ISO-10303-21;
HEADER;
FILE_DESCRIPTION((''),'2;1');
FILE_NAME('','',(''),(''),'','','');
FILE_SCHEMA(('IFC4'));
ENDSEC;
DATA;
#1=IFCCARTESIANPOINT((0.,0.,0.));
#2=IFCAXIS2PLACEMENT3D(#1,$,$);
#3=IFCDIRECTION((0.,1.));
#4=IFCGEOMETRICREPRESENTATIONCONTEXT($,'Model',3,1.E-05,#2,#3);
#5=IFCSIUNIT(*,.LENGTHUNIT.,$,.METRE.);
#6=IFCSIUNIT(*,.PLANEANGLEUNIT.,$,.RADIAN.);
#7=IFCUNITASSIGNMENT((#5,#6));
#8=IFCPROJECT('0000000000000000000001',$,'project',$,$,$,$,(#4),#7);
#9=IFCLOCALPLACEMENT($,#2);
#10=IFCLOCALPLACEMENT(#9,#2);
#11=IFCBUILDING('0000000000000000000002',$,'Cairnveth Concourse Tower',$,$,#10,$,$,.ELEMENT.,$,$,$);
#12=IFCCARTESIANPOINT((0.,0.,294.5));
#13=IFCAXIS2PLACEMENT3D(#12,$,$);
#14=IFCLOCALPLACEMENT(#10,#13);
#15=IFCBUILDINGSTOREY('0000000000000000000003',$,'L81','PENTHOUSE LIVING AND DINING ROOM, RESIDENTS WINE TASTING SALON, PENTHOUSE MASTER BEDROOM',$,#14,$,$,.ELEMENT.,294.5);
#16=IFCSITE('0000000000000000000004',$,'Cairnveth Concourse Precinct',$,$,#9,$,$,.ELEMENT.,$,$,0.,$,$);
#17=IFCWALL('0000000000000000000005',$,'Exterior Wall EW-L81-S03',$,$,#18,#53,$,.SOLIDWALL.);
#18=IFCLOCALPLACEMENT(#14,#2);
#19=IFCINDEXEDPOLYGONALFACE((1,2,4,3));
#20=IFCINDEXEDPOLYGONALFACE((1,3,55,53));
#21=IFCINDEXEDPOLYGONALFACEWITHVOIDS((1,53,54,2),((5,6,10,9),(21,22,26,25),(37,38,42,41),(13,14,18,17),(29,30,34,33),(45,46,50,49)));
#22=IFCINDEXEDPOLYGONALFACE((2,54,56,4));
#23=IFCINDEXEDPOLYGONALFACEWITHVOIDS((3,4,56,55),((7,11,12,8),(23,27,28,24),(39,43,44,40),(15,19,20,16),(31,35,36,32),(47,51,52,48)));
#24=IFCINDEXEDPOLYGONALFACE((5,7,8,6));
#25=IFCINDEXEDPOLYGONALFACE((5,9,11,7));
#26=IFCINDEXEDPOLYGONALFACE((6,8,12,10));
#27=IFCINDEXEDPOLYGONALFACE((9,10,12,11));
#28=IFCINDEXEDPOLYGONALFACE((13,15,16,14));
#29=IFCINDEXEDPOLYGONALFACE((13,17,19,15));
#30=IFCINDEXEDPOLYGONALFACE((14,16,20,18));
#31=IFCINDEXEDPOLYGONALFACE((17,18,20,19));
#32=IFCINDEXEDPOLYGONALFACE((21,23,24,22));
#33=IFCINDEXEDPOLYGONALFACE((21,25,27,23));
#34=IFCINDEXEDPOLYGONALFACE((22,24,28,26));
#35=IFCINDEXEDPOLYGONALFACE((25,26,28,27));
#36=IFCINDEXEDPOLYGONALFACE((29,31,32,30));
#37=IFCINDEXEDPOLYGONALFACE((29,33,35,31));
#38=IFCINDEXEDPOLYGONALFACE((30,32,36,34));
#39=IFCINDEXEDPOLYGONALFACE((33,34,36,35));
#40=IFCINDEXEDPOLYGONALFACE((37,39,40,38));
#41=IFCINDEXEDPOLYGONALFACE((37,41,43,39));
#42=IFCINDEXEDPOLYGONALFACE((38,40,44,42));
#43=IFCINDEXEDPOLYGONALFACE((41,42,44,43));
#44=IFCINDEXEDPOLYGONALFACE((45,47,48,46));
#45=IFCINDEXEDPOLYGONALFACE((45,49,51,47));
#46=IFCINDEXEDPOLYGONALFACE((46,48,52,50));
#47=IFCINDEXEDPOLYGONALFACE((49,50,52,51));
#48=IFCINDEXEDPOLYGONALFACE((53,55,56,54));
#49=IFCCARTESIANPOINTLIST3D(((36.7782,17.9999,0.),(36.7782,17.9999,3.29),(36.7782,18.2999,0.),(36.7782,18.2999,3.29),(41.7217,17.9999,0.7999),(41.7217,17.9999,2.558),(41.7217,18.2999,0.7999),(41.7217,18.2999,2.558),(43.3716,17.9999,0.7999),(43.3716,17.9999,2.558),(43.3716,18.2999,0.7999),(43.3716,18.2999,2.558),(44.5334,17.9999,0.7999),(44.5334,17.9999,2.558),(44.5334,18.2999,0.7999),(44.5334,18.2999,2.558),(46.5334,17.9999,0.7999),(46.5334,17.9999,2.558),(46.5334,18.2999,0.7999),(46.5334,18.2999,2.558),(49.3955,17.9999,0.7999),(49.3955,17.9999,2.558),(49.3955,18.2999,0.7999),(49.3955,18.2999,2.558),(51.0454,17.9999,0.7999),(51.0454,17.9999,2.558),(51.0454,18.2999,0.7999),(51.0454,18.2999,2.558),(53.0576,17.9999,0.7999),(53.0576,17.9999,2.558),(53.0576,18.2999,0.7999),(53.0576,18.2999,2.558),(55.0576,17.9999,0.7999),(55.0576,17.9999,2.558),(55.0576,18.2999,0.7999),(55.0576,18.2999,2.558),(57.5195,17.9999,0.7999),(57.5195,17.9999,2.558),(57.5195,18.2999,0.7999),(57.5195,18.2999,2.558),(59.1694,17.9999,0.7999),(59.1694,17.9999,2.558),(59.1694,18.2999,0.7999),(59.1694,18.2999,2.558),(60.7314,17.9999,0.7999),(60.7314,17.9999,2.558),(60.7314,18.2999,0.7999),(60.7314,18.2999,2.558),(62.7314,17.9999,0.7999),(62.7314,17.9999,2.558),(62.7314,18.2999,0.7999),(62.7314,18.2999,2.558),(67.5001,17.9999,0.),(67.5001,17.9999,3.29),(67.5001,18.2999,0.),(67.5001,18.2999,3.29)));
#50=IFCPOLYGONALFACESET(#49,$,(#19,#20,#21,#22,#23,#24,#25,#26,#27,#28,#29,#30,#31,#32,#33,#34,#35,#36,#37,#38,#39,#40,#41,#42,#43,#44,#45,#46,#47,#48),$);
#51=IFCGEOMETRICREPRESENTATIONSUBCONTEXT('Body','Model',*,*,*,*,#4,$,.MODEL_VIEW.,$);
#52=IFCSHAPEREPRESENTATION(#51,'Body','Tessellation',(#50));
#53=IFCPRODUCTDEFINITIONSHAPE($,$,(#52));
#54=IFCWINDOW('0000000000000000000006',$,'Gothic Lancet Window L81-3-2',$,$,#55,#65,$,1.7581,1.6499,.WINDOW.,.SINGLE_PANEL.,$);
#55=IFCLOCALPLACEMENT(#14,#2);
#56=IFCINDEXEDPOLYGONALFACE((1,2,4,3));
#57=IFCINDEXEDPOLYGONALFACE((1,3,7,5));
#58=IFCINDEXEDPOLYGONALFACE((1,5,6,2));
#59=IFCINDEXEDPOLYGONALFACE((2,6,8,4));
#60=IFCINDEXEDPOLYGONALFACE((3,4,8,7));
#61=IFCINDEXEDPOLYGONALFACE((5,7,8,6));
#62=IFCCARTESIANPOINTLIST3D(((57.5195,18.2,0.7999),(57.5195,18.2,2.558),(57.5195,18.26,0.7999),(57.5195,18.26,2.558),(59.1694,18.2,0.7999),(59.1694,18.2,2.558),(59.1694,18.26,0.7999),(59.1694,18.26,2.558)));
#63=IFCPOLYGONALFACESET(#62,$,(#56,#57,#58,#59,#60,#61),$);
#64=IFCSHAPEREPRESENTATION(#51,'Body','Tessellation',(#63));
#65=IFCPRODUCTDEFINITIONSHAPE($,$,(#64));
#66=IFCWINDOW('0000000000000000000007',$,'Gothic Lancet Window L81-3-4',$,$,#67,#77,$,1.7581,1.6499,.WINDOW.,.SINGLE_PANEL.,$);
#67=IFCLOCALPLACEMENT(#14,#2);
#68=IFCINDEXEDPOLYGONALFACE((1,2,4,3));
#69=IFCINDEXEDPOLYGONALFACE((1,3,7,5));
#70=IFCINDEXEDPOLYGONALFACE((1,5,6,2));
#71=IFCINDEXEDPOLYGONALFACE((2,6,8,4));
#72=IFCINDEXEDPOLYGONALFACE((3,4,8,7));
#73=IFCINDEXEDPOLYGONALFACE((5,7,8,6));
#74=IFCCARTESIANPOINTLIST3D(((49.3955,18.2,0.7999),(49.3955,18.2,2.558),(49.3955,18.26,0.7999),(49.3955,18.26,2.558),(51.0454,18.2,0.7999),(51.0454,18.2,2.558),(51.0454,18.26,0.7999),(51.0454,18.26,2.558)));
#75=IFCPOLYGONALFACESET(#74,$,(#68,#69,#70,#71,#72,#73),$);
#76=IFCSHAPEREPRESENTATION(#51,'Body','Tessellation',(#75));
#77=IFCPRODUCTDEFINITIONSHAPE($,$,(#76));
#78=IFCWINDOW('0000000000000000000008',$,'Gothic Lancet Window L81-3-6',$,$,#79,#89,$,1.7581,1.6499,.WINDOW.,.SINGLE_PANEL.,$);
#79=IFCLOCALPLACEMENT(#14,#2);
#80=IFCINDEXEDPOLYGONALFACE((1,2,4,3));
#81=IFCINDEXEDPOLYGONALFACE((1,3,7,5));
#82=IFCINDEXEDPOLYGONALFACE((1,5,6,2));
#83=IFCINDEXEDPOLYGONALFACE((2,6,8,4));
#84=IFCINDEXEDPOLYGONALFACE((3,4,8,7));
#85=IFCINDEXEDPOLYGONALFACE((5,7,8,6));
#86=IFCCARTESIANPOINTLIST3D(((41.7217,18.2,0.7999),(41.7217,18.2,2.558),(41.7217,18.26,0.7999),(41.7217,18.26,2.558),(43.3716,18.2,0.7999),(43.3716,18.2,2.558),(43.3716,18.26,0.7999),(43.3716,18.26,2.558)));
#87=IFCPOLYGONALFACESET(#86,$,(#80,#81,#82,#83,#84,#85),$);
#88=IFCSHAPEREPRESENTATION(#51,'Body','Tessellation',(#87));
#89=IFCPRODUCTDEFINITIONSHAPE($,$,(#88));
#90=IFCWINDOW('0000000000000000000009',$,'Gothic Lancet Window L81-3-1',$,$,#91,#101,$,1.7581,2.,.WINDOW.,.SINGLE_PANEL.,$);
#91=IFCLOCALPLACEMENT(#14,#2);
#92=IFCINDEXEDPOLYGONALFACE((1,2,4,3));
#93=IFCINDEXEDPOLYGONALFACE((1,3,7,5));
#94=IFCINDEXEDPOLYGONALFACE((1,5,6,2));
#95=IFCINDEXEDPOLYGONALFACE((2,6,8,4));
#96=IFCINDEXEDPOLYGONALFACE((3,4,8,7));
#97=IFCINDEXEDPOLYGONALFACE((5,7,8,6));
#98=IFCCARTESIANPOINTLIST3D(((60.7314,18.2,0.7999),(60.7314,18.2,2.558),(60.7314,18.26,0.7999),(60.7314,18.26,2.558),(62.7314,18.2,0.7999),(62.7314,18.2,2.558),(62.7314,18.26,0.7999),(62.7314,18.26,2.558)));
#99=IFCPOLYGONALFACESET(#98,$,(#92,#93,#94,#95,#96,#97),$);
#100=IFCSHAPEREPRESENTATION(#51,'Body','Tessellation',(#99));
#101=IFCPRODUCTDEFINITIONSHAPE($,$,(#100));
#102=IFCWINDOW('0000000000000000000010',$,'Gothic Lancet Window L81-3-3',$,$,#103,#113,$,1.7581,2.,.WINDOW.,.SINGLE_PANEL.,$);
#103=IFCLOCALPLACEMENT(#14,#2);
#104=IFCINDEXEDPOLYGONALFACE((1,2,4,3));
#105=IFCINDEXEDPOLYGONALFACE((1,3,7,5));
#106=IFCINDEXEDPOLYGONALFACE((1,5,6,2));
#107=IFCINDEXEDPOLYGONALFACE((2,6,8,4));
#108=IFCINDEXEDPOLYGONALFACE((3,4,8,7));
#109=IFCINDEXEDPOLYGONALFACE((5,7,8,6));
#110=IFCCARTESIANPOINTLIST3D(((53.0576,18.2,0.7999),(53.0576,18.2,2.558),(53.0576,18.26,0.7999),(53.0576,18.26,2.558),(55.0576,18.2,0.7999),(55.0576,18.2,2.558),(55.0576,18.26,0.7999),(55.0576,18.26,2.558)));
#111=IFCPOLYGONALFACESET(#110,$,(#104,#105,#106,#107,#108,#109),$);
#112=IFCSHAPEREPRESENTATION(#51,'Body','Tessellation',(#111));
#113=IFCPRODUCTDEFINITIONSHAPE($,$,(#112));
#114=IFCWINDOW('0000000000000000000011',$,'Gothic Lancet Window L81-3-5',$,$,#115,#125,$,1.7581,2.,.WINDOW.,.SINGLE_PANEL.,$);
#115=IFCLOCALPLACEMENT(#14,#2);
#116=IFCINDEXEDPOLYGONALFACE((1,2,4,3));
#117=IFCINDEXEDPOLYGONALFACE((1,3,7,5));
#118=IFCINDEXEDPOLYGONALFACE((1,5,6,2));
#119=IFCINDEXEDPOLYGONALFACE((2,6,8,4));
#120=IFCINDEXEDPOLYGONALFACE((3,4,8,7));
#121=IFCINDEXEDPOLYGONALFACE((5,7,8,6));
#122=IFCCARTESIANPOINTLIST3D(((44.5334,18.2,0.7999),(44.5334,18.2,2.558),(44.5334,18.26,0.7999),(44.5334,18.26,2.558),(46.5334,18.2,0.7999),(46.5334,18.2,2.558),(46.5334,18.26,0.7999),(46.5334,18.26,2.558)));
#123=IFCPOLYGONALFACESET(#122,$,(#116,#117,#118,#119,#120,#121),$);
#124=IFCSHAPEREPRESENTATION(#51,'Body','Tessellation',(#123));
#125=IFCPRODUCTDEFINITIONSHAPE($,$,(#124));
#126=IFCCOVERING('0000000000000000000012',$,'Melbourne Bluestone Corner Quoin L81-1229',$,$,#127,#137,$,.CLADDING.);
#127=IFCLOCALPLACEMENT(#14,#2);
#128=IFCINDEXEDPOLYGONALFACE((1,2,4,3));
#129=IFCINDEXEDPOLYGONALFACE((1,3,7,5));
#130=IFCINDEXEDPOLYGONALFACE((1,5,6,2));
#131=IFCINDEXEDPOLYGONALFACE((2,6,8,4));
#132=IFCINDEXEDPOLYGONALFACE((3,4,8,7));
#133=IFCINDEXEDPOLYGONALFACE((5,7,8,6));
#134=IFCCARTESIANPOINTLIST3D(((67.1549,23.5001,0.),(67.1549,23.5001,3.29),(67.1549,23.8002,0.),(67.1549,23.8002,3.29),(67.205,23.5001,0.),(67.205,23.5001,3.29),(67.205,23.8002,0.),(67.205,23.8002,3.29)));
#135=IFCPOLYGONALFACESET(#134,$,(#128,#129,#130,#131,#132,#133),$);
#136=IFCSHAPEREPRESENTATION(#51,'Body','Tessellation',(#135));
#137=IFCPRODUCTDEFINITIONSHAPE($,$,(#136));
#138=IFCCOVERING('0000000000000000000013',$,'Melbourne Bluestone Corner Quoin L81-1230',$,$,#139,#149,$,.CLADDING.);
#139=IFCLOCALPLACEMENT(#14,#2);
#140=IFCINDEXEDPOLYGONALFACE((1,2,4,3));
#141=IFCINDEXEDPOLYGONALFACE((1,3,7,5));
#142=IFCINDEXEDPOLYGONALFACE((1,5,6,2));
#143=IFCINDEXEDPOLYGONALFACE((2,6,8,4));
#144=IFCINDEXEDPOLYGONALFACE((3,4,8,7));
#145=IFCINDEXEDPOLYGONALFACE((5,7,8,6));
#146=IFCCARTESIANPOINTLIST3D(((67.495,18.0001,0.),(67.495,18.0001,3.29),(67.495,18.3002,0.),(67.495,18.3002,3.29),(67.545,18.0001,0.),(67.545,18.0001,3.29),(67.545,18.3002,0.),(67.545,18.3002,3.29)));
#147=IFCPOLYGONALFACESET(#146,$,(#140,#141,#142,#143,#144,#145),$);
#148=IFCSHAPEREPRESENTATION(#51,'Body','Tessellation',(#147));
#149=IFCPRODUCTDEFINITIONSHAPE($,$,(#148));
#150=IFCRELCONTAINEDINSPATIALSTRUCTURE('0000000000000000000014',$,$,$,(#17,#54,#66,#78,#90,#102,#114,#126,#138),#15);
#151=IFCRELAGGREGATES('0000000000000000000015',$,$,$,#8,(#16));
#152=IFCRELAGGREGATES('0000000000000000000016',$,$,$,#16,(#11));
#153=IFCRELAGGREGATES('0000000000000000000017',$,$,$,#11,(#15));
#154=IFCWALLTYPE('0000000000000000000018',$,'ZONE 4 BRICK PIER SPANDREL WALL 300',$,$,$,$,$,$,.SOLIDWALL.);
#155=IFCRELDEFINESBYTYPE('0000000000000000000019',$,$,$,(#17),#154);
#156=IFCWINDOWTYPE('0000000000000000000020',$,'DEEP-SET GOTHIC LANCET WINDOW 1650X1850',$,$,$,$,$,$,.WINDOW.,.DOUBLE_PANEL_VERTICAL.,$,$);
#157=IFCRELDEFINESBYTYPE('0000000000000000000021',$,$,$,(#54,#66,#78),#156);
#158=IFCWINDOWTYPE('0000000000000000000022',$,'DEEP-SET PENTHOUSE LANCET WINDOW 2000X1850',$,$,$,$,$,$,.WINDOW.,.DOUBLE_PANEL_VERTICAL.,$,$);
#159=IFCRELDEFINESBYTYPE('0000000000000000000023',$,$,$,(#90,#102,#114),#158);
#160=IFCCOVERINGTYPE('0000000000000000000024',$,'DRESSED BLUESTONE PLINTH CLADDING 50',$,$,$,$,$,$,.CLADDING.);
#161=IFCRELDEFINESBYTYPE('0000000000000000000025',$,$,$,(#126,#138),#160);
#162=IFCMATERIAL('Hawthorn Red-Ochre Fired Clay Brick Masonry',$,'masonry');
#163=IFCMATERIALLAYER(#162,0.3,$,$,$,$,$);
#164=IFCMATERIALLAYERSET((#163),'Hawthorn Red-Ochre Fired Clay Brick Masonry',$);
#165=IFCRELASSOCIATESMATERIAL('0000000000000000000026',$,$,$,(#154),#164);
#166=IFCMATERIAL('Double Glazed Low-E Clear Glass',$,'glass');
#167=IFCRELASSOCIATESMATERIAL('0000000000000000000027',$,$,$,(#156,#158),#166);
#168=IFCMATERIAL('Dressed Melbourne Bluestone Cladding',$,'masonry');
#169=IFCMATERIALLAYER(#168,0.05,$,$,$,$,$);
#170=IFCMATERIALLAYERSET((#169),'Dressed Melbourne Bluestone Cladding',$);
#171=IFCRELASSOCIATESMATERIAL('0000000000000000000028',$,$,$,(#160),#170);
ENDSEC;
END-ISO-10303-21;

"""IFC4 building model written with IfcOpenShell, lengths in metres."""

from ifc_helpers import new_model, si_unit, direction, frame, frame_2d, origin, place, context, subcontext, project, spatial, rectangle, extrude, material, layer, layer_set, type_object, element, fill, save


model = new_model("IFC4")

# Units and contexts
model_context = context("Model", 3, precision=1e-05, world=origin(), true_north=direction((0.0, 1.0)))
body_context = subcontext(model_context, "Body", "Model", "MODEL_VIEW")
ifc_project = project(units=[si_unit("LENGTHUNIT", "METRE"), si_unit("PLANEANGLEUNIT", "RADIAN")], contexts=[model_context])

# Site, building, storey
site_placement = place(None, origin())
site = spatial("IfcSite", under=ifc_project, at=site_placement, Name="Cairnveth Concourse Precinct", CompositionType="ELEMENT", RefElevation=0.0)
building_placement = place(site_placement, origin())
building = spatial("IfcBuilding", under=site, at=building_placement, Name="Cairnveth Concourse Tower", CompositionType="ELEMENT")
storey_placement = place(building_placement, frame((0.0, 0.0, 294.5)))
storey = spatial("IfcBuildingStorey", under=building, at=storey_placement, Name="L81", Description="PENTHOUSE LIVING AND DINING ROOM, RESIDENTS WINE TASTING SALON, PENTHOUSE MASTER BEDROOM", CompositionType="ELEMENT", Elevation=294.5)

# Shared definitions
ifc_material_1 = material(Name="Hawthorn Red-Ochre Fired Clay Brick Masonry", Category="masonry")
ifc_layer_1 = layer(ifc_material_1, 0.3)
ifc_layer_set_1 = layer_set([ifc_layer_1], Name="Hawthorn Red-Ochre Fired Clay Brick Masonry")
wall_type = type_object("IfcWallType", Name="ZONE 4 BRICK PIER SPANDREL WALL 300", PredefinedType="SOLIDWALL", material=ifc_layer_set_1)
ifc_material_2 = material(Name="Double Glazed Low-E Clear Glass", Category="glass")

# Wall, openings, windows
wall_1_placement = place(storey_placement, frame((67.5, 18.1499, 0.0), z_axis=(0.0, 0.0, 1.0), x_axis=(-1.0, 0.0, 0.0)))
wall_1 = element("IfcWall", 1, at=wall_1_placement, inside=storey, type_object=wall_type, Name="Exterior Wall EW-L81-S03", PredefinedType="SOLIDWALL", context=body_context, shape_type="SweptSolid", body=[
    extrude(rectangle(XDim=30.7219, YDim=0.3, at=frame_2d((15.3608, 0.0))), origin(), (0.0, 0.0, 1.0), 3.29),
])
opening_1_placement = place(wall_1_placement, frame((4.7686, 0.0, 0.8)))
opening_1 = element("IfcOpeningElement", 2, at=opening_1_placement, cuts=wall_1, PredefinedType="OPENING", context=body_context, shape_type="SweptSolid", body=[
    extrude(rectangle(XDim=2.0, YDim=1.7581, at=frame_2d((1.0, 0.8789))), frame((0.0, 0.1599, 0.0), z_axis=(0.0, -1.0, 0.0), x_axis=(1.0, 0.0, 0.0)), (0.0, 0.0, 1.0), 0.3201),
])
opening_2_placement = place(wall_1_placement, frame((8.3306, 0.0, 0.8)))
opening_2 = element("IfcOpeningElement", 3, at=opening_2_placement, cuts=wall_1, PredefinedType="OPENING", context=body_context, shape_type="SweptSolid", body=[
    extrude(rectangle(XDim=1.6499, YDim=1.7581, at=frame_2d((0.825, 0.8789))), frame((0.0, 0.1599, 0.0), z_axis=(0.0, -1.0, 0.0), x_axis=(1.0, 0.0, 0.0)), (0.0, 0.0, 1.0), 0.3201),
])
opening_3_placement = place(wall_1_placement, frame((12.4424, 0.0, 0.8)))
opening_3 = element("IfcOpeningElement", 4, at=opening_3_placement, cuts=wall_1, PredefinedType="OPENING", context=body_context, shape_type="SweptSolid", body=[
    extrude(rectangle(XDim=2.0, YDim=1.7581, at=frame_2d((1.0, 0.8789))), frame((0.0, 0.1599, 0.0), z_axis=(0.0, -1.0, 0.0), x_axis=(1.0, 0.0, 0.0)), (0.0, 0.0, 1.0), 0.3201),
])
opening_4_placement = place(wall_1_placement, frame((16.4546, 0.0, 0.8)))
opening_4 = element("IfcOpeningElement", 5, at=opening_4_placement, cuts=wall_1, PredefinedType="OPENING", context=body_context, shape_type="SweptSolid", body=[
    extrude(rectangle(XDim=1.6499, YDim=1.7581, at=frame_2d((0.825, 0.8789))), frame((0.0, 0.1599, 0.0), z_axis=(0.0, -1.0, 0.0), x_axis=(1.0, 0.0, 0.0)), (0.0, 0.0, 1.0), 0.3201),
])
opening_5_placement = place(wall_1_placement, frame((20.9666, 0.0, 0.8)))
opening_5 = element("IfcOpeningElement", 6, at=opening_5_placement, cuts=wall_1, PredefinedType="OPENING", context=body_context, shape_type="SweptSolid", body=[
    extrude(rectangle(XDim=2.0, YDim=1.7581, at=frame_2d((1.0, 0.8789))), frame((0.0, 0.1599, 0.0), z_axis=(0.0, -1.0, 0.0), x_axis=(1.0, 0.0, 0.0)), (0.0, 0.0, 1.0), 0.3201),
])
opening_6_placement = place(wall_1_placement, frame((24.1284, 0.0, 0.8)))
opening_6 = element("IfcOpeningElement", 7, at=opening_6_placement, cuts=wall_1, PredefinedType="OPENING", context=body_context, shape_type="SweptSolid", body=[
    extrude(rectangle(XDim=1.6499, YDim=1.7581, at=frame_2d((0.825, 0.8789))), frame((0.0, 0.1599, 0.0), z_axis=(0.0, -1.0, 0.0), x_axis=(1.0, 0.0, 0.0)), (0.0, 0.0, 1.0), 0.3201),
])
window_type_1 = type_object("IfcWindowType", Name="DEEP-SET GOTHIC LANCET WINDOW 1650X1850", PartitioningType="DOUBLE_PANEL_VERTICAL", PredefinedType="WINDOW", material=ifc_material_2)
window_1_placement = place(opening_2_placement, origin())
window_1 = element("IfcWindow", 8, at=window_1_placement, inside=storey, type_object=window_type_1, Name="Gothic Lancet Window L81-3-2", OverallHeight=1.7581, OverallWidth=1.6499, PartitioningType="SINGLE_PANEL", PredefinedType="WINDOW", context=body_context, shape_type="SweptSolid", body=[
    extrude(rectangle(XDim=1.6499, YDim=1.7581, at=frame_2d((0.825, 0.8789))), frame((0.0, -0.05, 0.0), z_axis=(0.0, -1.0, 0.0), x_axis=(1.0, 0.0, 0.0)), (0.0, 0.0, 1.0), 0.0601),
])
fill(opening_2, window_1)
window_2_placement = place(opening_4_placement, origin())
window_2 = element("IfcWindow", 9, at=window_2_placement, inside=storey, type_object=window_type_1, Name="Gothic Lancet Window L81-3-4", OverallHeight=1.7581, OverallWidth=1.6499, PartitioningType="SINGLE_PANEL", PredefinedType="WINDOW", context=body_context, shape_type="SweptSolid", body=[
    extrude(rectangle(XDim=1.6499, YDim=1.7581, at=frame_2d((0.825, 0.8789))), frame((0.0, -0.05, 0.0), z_axis=(0.0, -1.0, 0.0), x_axis=(1.0, 0.0, 0.0)), (0.0, 0.0, 1.0), 0.0601),
])
fill(opening_4, window_2)
window_3_placement = place(opening_6_placement, origin())
window_3 = element("IfcWindow", 10, at=window_3_placement, inside=storey, type_object=window_type_1, Name="Gothic Lancet Window L81-3-6", OverallHeight=1.7581, OverallWidth=1.6499, PartitioningType="SINGLE_PANEL", PredefinedType="WINDOW", context=body_context, shape_type="SweptSolid", body=[
    extrude(rectangle(XDim=1.6499, YDim=1.7581, at=frame_2d((0.825, 0.8789))), frame((0.0, -0.05, 0.0), z_axis=(0.0, -1.0, 0.0), x_axis=(1.0, 0.0, 0.0)), (0.0, 0.0, 1.0), 0.0601),
])
fill(opening_6, window_3)
window_type_2 = type_object("IfcWindowType", Name="DEEP-SET PENTHOUSE LANCET WINDOW 2000X1850", PartitioningType="DOUBLE_PANEL_VERTICAL", PredefinedType="WINDOW", material=ifc_material_2)
window_4_placement = place(opening_1_placement, origin())
window_4 = element("IfcWindow", 11, at=window_4_placement, inside=storey, type_object=window_type_2, Name="Gothic Lancet Window L81-3-1", OverallHeight=1.7581, OverallWidth=2.0, PartitioningType="SINGLE_PANEL", PredefinedType="WINDOW", context=body_context, shape_type="SweptSolid", body=[
    extrude(rectangle(XDim=2.0, YDim=1.7581, at=frame_2d((1.0, 0.8789))), frame((0.0, -0.05, 0.0), z_axis=(0.0, -1.0, 0.0), x_axis=(1.0, 0.0, 0.0)), (0.0, 0.0, 1.0), 0.0601),
])
fill(opening_1, window_4)
window_5_placement = place(opening_3_placement, origin())
window_5 = element("IfcWindow", 12, at=window_5_placement, inside=storey, type_object=window_type_2, Name="Gothic Lancet Window L81-3-3", OverallHeight=1.7581, OverallWidth=2.0, PartitioningType="SINGLE_PANEL", PredefinedType="WINDOW", context=body_context, shape_type="SweptSolid", body=[
    extrude(rectangle(XDim=2.0, YDim=1.7581, at=frame_2d((1.0, 0.8789))), frame((0.0, -0.05, 0.0), z_axis=(0.0, -1.0, 0.0), x_axis=(1.0, 0.0, 0.0)), (0.0, 0.0, 1.0), 0.0601),
])
fill(opening_3, window_5)
window_6_placement = place(opening_5_placement, origin())
window_6 = element("IfcWindow", 13, at=window_6_placement, inside=storey, type_object=window_type_2, Name="Gothic Lancet Window L81-3-5", OverallHeight=1.7581, OverallWidth=2.0, PartitioningType="SINGLE_PANEL", PredefinedType="WINDOW", context=body_context, shape_type="SweptSolid", body=[
    extrude(rectangle(XDim=2.0, YDim=1.7581, at=frame_2d((1.0, 0.8789))), frame((0.0, -0.05, 0.0), z_axis=(0.0, -1.0, 0.0), x_axis=(1.0, 0.0, 0.0)), (0.0, 0.0, 1.0), 0.0601),
])
fill(opening_5, window_6)

# Coverings
ifc_material_3 = material(Name="Dressed Melbourne Bluestone Cladding", Category="masonry")
ifc_layer_2 = layer(ifc_material_3, 0.05)
ifc_layer_set_2 = layer_set([ifc_layer_2], Name="Dressed Melbourne Bluestone Cladding")
covering_type = type_object("IfcCoveringType", Name="DRESSED BLUESTONE PLINTH CLADDING 50", PredefinedType="CLADDING", material=ifc_layer_set_2)
for number, where, z_axis, x_axis, name in (
    (14, (67.1799, 23.8, 0.0), (0.0, 0.0, 1.0), (0.0, -1.0, 0.0), "Melbourne Bluestone Corner Quoin L81-1229"),
    (15, (67.52, 18.3, 0.0), (0.0, 0.0, 1.0), (0.0, -1.0, 0.0), "Melbourne Bluestone Corner Quoin L81-1230"),
):
    element("IfcCovering", number, at=place(storey_placement, frame(where, z_axis=z_axis, x_axis=x_axis)), inside=storey, type_object=covering_type, Name=name, PredefinedType="CLADDING", context=body_context, shape_type="SweptSolid", body=[
        extrude(rectangle(XDim=0.3, YDim=0.05, at=frame_2d((0.1499, 0.0))), origin(), (0.0, 0.0, 1.0), 3.29),
    ])

save(model, "model.ifc")
